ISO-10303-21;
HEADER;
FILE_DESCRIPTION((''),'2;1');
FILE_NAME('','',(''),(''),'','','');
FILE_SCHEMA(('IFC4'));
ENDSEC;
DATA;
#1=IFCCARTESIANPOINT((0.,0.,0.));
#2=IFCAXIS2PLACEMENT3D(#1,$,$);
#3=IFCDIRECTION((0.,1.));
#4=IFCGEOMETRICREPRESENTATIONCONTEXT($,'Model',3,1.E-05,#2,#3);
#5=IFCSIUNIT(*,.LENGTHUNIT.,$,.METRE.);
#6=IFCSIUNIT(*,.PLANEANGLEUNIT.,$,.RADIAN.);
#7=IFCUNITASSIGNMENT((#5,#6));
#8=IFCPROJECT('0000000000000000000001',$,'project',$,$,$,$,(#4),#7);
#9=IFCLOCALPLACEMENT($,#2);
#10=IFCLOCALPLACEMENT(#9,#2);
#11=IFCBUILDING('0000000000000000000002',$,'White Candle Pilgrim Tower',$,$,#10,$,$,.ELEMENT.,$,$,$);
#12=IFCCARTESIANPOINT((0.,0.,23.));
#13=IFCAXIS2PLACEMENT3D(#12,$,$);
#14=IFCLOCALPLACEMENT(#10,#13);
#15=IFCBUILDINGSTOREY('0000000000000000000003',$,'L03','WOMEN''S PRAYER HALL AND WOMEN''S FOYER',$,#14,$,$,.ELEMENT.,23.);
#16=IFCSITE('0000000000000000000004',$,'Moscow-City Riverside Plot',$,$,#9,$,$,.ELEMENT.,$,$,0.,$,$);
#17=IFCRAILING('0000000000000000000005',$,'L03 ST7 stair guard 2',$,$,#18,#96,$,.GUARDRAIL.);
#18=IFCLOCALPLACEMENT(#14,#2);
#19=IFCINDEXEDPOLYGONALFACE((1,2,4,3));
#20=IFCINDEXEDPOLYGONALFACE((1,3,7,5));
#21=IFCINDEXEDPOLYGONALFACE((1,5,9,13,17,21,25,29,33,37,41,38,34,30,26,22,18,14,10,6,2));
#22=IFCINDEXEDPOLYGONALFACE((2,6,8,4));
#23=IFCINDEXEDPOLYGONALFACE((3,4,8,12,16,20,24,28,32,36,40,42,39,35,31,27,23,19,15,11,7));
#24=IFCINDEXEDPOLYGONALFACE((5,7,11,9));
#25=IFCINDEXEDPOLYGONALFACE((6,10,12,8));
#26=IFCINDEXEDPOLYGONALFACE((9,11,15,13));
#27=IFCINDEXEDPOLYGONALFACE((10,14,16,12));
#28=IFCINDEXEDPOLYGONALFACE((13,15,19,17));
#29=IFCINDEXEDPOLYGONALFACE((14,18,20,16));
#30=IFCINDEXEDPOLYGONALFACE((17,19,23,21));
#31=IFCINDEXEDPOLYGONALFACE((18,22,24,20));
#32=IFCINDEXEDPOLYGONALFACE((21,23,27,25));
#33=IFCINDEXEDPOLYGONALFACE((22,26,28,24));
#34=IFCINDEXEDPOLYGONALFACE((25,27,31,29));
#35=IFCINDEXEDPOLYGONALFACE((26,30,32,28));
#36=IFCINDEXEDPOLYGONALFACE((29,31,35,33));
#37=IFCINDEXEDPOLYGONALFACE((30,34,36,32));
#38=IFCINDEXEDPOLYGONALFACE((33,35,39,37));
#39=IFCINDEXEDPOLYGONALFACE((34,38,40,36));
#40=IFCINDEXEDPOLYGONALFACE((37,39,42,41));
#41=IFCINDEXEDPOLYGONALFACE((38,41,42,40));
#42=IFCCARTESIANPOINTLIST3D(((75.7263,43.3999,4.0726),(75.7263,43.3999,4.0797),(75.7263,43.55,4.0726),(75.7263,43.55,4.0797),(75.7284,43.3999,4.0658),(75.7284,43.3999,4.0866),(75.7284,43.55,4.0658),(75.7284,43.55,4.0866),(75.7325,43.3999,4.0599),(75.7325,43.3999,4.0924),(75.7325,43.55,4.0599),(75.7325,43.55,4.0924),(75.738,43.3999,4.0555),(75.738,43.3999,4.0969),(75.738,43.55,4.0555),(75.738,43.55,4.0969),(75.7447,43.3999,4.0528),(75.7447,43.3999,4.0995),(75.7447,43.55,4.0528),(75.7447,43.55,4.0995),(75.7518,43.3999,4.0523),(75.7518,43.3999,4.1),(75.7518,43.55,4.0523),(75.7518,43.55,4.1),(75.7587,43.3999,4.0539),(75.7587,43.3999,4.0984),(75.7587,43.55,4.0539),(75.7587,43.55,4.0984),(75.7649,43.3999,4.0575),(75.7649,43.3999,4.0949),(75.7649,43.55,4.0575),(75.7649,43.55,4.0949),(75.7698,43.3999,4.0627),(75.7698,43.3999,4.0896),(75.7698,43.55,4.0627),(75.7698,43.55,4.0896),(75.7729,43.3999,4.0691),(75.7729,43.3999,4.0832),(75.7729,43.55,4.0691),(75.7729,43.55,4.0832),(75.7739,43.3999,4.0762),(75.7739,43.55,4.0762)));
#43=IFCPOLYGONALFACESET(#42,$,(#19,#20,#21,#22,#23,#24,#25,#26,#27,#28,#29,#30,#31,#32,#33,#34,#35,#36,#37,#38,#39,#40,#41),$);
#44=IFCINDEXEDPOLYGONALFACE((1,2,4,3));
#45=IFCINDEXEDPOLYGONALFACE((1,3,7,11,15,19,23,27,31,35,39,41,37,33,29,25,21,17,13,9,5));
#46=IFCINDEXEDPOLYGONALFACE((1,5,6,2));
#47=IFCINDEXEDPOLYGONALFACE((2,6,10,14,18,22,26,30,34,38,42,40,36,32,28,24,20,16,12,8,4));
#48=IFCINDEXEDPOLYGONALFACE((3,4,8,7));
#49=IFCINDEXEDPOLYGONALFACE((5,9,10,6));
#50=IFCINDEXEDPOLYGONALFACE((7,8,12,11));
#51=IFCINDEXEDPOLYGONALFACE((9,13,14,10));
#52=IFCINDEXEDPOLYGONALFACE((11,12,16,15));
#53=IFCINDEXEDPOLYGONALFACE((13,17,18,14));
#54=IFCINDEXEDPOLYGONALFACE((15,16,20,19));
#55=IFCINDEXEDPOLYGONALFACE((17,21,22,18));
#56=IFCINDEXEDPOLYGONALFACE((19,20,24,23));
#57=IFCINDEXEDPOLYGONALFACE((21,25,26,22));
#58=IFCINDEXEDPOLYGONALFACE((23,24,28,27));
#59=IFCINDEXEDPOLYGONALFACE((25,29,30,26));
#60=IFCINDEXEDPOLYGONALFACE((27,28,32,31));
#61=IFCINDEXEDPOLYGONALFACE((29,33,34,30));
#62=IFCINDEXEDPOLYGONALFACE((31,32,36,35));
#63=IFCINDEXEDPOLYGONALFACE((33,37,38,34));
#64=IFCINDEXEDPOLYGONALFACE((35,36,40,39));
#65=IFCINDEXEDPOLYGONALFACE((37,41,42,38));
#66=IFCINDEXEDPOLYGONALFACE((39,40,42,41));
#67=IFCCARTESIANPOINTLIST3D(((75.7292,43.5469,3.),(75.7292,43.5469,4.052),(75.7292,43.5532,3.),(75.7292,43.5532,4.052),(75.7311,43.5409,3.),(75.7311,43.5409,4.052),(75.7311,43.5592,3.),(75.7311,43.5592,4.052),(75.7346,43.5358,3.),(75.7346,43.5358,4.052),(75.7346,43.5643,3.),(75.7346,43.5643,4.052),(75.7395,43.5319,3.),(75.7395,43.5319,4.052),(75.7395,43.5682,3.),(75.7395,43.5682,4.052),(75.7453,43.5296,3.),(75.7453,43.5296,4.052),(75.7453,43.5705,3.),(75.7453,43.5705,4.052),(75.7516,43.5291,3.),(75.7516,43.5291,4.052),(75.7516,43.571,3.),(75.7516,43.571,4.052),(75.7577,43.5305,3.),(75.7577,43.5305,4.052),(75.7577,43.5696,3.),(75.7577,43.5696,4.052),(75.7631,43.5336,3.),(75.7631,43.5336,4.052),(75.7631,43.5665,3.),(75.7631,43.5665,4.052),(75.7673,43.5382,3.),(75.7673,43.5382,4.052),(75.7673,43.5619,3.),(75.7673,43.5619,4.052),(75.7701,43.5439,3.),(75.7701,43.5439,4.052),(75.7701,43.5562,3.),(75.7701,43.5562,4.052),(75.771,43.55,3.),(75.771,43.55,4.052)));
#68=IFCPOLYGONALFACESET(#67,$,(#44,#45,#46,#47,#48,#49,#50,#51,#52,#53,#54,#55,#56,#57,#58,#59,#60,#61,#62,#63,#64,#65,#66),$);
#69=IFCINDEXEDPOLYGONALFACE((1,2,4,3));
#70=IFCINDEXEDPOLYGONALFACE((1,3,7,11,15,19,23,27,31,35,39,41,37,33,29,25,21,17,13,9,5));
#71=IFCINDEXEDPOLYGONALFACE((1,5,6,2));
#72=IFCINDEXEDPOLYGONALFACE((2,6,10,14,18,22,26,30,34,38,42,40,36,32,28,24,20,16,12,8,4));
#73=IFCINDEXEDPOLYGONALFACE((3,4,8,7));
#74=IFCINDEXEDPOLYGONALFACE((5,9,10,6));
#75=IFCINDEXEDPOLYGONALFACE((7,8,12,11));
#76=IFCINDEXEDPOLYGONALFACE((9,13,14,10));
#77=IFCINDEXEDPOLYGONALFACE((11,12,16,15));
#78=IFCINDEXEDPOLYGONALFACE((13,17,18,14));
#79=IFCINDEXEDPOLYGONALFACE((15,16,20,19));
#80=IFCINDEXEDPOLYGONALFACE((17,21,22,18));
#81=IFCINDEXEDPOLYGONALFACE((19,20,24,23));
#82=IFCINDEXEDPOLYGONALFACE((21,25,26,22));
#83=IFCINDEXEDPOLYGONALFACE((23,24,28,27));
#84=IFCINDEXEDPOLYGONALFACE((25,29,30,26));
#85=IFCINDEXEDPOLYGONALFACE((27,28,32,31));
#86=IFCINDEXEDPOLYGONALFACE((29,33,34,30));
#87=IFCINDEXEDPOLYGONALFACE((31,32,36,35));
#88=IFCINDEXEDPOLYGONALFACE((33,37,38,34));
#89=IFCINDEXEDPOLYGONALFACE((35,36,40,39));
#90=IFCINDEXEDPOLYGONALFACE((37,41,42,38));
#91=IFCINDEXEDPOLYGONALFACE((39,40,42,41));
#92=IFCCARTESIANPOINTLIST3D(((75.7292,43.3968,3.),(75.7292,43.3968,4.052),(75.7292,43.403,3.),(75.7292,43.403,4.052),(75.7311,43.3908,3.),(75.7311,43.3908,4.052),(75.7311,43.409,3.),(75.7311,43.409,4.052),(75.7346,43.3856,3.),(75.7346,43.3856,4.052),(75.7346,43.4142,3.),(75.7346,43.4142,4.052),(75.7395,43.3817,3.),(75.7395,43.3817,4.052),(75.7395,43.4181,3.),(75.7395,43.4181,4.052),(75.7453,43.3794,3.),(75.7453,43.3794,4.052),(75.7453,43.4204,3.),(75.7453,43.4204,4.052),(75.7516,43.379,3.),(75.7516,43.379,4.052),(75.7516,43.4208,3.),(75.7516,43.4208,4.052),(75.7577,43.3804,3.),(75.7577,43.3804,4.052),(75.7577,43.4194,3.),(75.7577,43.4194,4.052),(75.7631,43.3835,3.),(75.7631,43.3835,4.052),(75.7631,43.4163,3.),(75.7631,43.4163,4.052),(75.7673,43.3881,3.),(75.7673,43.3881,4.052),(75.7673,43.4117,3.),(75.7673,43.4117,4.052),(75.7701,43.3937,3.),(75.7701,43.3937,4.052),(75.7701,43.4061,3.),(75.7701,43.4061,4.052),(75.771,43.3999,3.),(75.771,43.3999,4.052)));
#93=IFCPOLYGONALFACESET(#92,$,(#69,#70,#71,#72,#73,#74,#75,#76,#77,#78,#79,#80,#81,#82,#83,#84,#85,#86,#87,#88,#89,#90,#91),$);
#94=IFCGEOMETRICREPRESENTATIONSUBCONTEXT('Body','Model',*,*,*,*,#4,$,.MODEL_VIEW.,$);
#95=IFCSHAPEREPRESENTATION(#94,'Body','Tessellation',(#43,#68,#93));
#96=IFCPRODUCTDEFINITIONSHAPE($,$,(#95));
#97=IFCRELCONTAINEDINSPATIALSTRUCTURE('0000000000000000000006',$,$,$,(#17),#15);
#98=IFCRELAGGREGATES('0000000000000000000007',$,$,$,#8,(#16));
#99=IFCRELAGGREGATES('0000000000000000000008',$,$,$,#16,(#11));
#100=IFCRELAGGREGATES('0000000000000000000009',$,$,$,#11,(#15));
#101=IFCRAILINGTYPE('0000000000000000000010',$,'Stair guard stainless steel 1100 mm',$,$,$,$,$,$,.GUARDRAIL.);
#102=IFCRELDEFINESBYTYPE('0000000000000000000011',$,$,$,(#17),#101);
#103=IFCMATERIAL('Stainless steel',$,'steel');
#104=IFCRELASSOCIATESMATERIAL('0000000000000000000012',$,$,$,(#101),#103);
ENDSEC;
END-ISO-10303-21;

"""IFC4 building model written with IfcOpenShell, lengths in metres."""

from ifc_helpers import new_model, si_unit, direction, frame, origin, origin_2d, place, context, subcontext, project, spatial, circle, extrude, material, type_object, element, save


model = new_model("IFC4")

# Units and contexts
model_context = context("Model", 3, precision=1e-05, world=origin(), true_north=direction((0.0, 1.0)))
body_context = subcontext(model_context, "Body", "Model", "MODEL_VIEW")
ifc_project = project(units=[si_unit("LENGTHUNIT", "METRE"), si_unit("PLANEANGLEUNIT", "RADIAN")], contexts=[model_context])

# Site, building, storey
site_placement = place(None, origin())
site = spatial("IfcSite", under=ifc_project, at=site_placement, Name="Moscow-City Riverside Plot", CompositionType="ELEMENT", RefElevation=0.0)
building_placement = place(site_placement, origin())
building = spatial("IfcBuilding", under=site, at=building_placement, Name="White Candle Pilgrim Tower", CompositionType="ELEMENT")
storey_placement = place(building_placement, frame((0.0, 0.0, 23.0)))
storey = spatial("IfcBuildingStorey", under=building, at=storey_placement, Name="L03", Description="WOMEN'S PRAYER HALL AND WOMEN'S FOYER", CompositionType="ELEMENT", Elevation=23.0)

# Railing
ifc_material_1 = material(Name="Stainless steel", Category="steel")
railing_type_1 = type_object("IfcRailingType", Name="Stair guard stainless steel 1100 mm", PredefinedType="GUARDRAIL", material=ifc_material_1)
railing_1_placement = place(storey_placement, frame((75.75, 43.55, 3.0)))
element("IfcRailing", 1, at=railing_1_placement, inside=storey, type_object=railing_type_1, Name="L03 ST7 stair guard 2", PredefinedType="GUARDRAIL", context=body_context, shape_type="SweptSolid", body=[
    extrude(circle(Radius=0.0239, at=origin_2d()), frame((0.0, 0.0, 1.0762), z_axis=(0.0, -1.0, 0.0), x_axis=(1.0, 0.0, 0.0)), (0.0, 0.0, 1.0), 0.1501),
    extrude(circle(Radius=0.021, at=origin_2d()), origin(), (0.0, 0.0, 1.0), 1.052),
    extrude(circle(Radius=0.021, at=origin_2d()), frame((0.0, -0.1501, 0.0)), (0.0, 0.0, 1.0), 1.052),
])

save(model, "model.ifc")
